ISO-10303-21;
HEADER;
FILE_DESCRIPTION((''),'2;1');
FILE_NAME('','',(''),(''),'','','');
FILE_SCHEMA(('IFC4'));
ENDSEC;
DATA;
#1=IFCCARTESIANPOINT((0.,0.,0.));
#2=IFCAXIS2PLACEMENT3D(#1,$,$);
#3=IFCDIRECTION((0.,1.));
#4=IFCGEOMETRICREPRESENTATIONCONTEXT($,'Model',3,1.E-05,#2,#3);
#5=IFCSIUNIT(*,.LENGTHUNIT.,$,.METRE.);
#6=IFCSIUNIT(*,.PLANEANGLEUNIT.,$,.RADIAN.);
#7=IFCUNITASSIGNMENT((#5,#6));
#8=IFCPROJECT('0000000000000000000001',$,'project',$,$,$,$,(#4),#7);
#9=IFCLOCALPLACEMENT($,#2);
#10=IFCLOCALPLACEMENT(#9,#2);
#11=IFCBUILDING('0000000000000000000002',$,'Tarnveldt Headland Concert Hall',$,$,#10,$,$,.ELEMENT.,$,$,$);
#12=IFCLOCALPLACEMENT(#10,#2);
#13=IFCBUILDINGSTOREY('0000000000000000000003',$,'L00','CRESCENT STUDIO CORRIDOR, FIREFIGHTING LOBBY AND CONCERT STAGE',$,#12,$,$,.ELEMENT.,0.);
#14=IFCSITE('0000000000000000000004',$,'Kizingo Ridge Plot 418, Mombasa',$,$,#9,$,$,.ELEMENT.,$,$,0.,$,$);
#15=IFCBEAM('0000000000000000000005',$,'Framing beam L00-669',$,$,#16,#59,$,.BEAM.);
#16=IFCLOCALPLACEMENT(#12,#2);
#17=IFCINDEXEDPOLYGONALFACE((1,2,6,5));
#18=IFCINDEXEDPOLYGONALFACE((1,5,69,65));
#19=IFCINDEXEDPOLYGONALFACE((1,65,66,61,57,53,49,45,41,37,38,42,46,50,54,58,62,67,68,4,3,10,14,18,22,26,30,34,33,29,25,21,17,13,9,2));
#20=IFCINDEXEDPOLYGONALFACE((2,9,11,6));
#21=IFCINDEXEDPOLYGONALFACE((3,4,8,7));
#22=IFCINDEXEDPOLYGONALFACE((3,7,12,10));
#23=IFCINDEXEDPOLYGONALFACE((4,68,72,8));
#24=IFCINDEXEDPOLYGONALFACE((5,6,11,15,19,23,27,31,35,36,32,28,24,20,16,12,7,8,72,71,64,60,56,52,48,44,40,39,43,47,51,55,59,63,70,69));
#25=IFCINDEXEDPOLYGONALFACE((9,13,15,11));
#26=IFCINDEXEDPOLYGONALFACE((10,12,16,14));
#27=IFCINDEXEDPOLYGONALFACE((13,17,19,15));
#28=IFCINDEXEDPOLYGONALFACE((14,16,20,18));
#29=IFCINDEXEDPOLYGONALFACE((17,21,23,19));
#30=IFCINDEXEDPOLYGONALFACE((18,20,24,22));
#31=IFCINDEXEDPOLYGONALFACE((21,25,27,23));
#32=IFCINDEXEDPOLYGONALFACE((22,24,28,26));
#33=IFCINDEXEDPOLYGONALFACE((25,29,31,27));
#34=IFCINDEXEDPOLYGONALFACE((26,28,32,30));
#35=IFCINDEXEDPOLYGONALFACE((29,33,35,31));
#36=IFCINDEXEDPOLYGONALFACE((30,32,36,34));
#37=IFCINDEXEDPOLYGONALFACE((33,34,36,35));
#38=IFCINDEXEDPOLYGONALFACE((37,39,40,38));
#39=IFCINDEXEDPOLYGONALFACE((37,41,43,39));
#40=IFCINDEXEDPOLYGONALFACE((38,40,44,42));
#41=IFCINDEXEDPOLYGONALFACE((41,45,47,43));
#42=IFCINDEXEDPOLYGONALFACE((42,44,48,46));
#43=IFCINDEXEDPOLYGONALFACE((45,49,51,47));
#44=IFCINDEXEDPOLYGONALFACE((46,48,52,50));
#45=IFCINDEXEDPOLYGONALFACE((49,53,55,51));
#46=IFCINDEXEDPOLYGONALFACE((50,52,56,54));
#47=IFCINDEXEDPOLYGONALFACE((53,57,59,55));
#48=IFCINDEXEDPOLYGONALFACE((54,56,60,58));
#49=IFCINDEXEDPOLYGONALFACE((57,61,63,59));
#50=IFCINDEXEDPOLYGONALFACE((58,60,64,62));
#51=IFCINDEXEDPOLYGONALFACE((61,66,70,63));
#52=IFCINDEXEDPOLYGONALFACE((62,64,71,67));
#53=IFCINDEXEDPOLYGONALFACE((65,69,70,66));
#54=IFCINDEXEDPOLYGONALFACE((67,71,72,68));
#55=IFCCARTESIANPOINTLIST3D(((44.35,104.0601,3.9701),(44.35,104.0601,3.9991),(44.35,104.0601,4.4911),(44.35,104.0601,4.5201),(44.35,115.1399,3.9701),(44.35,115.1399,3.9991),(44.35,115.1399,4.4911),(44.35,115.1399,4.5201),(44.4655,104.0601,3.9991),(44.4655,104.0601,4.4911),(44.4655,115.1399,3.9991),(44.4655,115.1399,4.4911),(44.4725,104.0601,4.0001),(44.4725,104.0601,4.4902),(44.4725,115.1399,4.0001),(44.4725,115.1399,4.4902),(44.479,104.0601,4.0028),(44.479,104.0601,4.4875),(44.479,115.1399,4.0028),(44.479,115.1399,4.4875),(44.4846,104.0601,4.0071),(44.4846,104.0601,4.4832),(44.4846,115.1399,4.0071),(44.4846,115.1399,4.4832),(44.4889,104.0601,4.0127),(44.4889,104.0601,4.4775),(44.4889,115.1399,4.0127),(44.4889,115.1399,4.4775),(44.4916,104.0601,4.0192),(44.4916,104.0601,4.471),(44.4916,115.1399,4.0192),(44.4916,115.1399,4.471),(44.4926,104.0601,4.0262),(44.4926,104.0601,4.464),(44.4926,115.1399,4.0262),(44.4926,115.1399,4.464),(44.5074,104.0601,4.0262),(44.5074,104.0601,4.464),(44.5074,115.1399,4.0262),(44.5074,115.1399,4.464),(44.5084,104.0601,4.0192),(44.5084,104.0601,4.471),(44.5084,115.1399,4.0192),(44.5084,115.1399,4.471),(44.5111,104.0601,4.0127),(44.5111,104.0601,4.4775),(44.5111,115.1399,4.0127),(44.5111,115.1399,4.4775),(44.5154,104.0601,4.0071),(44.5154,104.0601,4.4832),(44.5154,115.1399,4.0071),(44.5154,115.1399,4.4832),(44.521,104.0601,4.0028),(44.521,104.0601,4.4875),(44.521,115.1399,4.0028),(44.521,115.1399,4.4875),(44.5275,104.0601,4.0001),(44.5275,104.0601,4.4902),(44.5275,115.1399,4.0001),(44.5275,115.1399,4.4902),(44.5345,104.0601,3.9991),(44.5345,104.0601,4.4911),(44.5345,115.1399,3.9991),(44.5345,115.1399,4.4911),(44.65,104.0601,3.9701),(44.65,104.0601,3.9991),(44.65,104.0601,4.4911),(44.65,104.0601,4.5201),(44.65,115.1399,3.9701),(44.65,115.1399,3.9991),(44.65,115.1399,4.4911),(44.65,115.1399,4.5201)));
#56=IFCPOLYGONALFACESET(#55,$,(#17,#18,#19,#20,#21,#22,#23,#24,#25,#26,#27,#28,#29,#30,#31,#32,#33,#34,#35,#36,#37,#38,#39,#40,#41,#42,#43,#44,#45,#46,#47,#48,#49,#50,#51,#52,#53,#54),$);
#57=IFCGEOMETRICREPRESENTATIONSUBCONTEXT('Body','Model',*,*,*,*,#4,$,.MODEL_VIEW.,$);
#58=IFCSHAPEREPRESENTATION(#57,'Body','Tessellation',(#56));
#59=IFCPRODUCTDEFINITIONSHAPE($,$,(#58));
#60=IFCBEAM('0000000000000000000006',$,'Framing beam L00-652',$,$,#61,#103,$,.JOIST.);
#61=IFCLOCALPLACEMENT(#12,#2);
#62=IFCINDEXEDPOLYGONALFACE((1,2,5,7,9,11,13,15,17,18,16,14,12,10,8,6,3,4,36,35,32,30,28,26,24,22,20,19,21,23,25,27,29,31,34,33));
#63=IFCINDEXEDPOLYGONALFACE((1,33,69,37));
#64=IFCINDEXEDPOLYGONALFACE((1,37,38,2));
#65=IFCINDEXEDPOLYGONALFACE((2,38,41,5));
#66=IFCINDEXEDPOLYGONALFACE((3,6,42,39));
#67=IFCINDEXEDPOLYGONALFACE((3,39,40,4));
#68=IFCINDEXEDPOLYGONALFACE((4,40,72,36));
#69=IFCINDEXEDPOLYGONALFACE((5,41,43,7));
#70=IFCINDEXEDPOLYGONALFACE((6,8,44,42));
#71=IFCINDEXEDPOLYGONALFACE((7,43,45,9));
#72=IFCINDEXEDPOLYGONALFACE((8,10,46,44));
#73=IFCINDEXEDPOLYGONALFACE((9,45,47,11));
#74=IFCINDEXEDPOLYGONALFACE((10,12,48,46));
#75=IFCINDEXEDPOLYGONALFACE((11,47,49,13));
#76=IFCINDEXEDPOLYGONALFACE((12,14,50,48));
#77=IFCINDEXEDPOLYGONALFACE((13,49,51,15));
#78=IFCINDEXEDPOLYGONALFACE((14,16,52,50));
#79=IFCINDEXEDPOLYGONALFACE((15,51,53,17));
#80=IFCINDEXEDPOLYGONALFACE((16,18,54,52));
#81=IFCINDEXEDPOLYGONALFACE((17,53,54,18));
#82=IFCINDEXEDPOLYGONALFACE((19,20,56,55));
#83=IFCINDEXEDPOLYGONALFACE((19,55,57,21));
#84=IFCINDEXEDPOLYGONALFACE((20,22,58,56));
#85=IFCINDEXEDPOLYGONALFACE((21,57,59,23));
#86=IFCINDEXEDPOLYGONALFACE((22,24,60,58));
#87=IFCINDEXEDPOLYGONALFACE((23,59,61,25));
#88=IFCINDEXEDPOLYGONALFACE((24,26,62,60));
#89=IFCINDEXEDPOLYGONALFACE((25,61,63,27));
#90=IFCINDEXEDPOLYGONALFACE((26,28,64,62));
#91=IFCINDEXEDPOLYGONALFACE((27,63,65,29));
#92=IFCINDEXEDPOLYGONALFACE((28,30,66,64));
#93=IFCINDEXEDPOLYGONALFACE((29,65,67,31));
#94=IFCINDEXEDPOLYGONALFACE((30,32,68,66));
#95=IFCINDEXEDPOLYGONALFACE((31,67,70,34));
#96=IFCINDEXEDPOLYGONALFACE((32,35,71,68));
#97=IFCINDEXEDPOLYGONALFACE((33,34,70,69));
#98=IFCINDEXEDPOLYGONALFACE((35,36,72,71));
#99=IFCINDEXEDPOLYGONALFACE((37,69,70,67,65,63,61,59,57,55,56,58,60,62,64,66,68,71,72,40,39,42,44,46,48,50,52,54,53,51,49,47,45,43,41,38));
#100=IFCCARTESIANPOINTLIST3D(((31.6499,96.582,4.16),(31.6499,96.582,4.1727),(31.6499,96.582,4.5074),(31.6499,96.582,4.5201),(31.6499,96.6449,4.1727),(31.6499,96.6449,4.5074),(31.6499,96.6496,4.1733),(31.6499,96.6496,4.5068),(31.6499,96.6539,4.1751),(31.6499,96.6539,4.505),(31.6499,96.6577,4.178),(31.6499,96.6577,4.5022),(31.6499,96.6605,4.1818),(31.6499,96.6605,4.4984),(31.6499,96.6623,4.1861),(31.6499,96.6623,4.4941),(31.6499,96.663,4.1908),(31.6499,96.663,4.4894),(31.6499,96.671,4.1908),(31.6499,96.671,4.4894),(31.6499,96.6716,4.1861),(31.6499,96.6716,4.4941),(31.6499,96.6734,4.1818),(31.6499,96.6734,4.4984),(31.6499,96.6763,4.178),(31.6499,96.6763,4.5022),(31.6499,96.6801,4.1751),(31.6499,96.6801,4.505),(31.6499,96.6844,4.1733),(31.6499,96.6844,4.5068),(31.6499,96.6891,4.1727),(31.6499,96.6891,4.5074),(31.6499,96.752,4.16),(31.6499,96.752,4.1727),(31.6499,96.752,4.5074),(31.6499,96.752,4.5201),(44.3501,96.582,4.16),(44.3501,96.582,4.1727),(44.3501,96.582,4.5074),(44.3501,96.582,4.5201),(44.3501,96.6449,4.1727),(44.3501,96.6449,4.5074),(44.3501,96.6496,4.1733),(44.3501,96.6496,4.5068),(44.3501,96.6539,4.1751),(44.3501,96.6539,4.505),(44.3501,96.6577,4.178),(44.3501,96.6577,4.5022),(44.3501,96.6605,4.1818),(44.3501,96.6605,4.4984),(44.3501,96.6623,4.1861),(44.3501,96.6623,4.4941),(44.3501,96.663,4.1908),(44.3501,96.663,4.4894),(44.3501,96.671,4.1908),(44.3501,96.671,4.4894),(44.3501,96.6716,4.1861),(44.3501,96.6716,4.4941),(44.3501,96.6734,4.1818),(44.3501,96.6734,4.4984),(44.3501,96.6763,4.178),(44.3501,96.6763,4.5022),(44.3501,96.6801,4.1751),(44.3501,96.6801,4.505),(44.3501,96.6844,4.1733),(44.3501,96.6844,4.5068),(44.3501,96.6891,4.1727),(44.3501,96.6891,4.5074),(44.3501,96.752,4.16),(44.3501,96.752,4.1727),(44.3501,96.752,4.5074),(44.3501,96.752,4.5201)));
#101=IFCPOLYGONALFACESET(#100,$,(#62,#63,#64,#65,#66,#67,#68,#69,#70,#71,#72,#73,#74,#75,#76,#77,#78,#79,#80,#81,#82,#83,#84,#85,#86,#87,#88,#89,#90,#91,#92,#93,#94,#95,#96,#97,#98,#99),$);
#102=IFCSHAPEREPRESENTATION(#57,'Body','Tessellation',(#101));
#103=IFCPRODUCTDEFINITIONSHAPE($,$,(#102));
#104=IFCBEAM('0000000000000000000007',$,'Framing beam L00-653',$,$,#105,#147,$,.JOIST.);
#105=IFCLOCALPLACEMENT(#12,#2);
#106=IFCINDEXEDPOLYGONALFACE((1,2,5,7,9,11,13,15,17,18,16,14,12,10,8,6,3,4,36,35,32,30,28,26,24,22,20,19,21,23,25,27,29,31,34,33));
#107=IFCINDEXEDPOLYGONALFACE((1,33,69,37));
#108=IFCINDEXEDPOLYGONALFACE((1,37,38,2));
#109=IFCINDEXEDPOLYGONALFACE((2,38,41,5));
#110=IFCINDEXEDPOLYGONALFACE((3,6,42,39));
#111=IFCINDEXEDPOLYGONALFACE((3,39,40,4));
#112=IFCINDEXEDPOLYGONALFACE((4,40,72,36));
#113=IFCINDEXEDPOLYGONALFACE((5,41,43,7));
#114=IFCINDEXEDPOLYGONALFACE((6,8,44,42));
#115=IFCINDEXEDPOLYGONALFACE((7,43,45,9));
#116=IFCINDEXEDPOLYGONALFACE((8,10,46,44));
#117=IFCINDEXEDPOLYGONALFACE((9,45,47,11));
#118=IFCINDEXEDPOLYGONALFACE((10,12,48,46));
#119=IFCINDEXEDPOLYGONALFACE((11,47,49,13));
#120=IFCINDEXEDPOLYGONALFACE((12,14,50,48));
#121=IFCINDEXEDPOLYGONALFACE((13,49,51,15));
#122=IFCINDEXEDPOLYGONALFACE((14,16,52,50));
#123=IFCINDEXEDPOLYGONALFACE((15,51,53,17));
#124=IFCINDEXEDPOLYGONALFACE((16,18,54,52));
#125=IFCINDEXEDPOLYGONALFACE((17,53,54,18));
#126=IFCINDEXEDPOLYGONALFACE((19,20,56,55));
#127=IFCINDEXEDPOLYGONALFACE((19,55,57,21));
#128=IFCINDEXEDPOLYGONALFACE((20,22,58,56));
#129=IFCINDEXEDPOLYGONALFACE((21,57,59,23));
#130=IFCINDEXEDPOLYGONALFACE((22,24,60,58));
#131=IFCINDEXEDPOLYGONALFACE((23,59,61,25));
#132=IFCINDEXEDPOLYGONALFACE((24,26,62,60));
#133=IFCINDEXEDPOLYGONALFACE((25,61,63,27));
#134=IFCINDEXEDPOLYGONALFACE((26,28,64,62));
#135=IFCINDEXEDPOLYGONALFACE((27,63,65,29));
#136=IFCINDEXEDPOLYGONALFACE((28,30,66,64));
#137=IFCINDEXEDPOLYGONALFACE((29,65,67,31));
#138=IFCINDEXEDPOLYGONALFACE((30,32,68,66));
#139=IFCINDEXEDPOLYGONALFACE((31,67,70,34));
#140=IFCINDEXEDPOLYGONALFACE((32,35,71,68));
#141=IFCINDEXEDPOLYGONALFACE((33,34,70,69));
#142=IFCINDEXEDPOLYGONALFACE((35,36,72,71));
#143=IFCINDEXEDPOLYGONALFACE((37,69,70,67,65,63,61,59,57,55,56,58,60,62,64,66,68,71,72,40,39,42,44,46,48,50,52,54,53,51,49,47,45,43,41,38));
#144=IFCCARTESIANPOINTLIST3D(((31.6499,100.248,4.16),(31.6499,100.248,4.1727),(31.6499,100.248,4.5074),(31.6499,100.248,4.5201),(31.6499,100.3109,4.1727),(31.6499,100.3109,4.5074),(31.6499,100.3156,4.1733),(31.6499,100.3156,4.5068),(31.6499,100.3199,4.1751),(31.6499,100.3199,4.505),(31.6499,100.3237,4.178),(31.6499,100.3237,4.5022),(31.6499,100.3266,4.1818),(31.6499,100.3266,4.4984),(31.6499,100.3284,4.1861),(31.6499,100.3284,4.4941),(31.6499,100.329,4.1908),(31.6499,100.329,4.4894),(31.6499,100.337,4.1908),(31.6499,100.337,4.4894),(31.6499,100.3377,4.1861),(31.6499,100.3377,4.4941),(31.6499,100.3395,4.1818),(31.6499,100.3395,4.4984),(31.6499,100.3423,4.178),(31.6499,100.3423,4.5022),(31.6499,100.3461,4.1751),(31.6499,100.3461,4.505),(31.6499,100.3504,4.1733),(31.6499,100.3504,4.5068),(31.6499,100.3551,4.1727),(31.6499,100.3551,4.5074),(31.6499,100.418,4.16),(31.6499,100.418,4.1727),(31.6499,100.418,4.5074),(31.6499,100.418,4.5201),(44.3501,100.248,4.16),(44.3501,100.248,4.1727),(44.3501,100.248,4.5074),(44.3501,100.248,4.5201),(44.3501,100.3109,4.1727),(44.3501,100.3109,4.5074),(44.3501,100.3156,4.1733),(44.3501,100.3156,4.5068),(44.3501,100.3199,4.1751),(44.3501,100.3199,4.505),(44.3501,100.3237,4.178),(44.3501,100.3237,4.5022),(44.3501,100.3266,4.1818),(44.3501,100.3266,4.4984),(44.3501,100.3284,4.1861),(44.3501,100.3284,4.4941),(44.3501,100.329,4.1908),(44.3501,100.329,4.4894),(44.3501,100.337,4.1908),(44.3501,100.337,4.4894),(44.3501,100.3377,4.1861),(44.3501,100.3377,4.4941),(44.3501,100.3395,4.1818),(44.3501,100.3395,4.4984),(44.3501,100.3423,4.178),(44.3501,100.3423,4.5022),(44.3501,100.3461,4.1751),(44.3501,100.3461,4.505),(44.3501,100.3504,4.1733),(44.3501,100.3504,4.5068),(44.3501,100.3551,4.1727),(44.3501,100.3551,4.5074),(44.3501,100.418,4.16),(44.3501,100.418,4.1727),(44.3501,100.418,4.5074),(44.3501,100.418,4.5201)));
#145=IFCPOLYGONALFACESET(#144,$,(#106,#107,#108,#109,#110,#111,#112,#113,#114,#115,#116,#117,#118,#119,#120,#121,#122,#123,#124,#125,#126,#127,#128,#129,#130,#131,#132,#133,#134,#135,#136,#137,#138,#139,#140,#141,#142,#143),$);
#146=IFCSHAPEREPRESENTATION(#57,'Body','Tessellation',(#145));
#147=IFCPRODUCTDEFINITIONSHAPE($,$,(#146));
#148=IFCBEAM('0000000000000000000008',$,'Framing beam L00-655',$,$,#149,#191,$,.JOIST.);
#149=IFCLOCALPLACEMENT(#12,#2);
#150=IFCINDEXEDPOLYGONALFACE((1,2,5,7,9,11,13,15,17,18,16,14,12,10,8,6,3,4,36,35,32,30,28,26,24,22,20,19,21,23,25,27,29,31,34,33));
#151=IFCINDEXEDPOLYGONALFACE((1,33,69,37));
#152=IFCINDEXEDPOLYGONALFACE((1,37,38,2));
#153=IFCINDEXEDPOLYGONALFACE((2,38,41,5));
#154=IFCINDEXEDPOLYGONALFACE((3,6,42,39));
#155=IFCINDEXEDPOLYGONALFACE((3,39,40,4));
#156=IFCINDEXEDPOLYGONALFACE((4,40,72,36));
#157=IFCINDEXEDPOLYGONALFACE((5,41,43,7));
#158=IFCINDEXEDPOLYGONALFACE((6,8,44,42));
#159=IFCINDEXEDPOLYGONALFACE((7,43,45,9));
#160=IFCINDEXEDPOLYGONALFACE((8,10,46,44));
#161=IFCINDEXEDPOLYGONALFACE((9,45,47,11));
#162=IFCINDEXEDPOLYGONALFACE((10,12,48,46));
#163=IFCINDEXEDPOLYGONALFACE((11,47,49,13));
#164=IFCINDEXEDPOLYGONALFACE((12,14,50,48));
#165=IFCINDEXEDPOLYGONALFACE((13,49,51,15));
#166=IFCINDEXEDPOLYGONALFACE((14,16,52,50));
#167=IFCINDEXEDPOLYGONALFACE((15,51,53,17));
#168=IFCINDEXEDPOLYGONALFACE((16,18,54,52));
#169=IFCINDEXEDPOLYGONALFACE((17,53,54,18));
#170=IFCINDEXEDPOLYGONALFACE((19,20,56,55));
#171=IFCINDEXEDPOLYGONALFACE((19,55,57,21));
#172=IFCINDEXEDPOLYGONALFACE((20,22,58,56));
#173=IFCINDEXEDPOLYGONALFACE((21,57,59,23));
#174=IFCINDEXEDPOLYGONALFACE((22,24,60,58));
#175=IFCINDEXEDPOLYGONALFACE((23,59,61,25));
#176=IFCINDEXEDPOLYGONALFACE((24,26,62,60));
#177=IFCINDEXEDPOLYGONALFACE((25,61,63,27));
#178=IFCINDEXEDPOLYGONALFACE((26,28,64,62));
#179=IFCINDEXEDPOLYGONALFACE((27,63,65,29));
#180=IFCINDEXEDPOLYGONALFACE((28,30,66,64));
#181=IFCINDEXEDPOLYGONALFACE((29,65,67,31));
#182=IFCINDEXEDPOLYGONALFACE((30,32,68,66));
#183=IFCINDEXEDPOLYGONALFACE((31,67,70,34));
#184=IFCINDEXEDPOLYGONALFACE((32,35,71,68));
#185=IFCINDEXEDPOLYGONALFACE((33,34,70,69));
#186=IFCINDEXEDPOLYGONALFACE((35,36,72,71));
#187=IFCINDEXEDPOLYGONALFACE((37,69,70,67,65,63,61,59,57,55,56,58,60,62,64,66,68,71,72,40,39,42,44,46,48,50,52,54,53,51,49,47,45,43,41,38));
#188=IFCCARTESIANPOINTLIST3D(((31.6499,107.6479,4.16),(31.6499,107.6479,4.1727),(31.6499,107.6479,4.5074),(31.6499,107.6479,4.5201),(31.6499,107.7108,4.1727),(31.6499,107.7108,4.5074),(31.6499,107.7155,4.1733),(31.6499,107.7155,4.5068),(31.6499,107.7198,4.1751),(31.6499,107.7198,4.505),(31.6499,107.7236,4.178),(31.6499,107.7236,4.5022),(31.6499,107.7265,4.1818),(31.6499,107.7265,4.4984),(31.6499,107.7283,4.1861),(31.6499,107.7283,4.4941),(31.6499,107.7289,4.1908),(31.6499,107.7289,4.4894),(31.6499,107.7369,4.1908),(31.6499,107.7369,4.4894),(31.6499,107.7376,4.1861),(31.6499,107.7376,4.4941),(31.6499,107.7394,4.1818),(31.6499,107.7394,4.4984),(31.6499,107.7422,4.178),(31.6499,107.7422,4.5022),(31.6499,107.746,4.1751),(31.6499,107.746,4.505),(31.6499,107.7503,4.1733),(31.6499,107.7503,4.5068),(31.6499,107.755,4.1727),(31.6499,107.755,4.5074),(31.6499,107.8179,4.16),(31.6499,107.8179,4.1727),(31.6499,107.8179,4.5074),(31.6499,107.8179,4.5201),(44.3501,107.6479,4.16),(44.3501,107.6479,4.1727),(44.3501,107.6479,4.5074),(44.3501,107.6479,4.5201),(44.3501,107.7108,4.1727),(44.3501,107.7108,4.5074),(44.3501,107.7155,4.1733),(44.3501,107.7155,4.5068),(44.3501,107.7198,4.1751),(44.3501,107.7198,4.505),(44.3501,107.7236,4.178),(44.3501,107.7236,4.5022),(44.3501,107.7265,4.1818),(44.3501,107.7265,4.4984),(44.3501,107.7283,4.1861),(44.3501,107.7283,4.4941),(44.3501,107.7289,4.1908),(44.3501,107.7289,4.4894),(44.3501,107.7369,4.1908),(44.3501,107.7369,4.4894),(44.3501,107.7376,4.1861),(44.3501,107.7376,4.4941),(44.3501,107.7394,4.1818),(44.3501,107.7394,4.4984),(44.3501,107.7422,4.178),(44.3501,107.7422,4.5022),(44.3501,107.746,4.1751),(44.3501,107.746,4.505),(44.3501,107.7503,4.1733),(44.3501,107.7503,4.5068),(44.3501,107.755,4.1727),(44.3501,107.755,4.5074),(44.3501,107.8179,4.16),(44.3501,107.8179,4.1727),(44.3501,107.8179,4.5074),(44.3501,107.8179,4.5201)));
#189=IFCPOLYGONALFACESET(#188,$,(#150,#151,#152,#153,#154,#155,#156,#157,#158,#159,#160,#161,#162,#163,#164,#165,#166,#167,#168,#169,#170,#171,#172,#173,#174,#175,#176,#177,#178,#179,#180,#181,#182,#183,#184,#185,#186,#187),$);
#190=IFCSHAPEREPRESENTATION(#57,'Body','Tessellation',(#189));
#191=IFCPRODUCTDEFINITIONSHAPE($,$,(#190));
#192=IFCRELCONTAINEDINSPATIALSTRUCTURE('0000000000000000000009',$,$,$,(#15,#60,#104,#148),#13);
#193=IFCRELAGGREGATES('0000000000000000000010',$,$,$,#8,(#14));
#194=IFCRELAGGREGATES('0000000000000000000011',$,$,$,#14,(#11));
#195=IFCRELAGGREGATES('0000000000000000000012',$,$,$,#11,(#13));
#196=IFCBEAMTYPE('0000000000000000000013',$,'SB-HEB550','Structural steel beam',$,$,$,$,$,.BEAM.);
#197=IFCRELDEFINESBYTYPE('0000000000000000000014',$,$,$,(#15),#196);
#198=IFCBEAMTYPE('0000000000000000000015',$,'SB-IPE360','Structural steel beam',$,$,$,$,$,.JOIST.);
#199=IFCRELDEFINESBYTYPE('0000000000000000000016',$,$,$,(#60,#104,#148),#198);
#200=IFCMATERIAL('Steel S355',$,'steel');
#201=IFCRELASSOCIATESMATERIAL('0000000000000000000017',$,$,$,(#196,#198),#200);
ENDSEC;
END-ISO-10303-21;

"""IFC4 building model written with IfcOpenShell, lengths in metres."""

from ifc_helpers import new_model, si_unit, direction, frame, origin, origin_2d, place, context, subcontext, project, spatial, i_section, extrude, material, material_profile, profile_set, type_object, element, save


model = new_model("IFC4")

# Units and contexts
model_context = context("Model", 3, precision=1e-05, world=origin(), true_north=direction((0.0, 1.0)))
body_context = subcontext(model_context, "Body", "Model", "MODEL_VIEW")
ifc_project = project(units=[si_unit("LENGTHUNIT", "METRE"), si_unit("PLANEANGLEUNIT", "RADIAN")], contexts=[model_context])

# Site, building, storey
site_placement = place(None, origin())
site = spatial("IfcSite", under=ifc_project, at=site_placement, Name="Kizingo Ridge Plot 418, Mombasa", CompositionType="ELEMENT", RefElevation=0.0)
building_placement = place(site_placement, origin())
building = spatial("IfcBuilding", under=site, at=building_placement, Name="Tarnveldt Headland Concert Hall", CompositionType="ELEMENT")
storey_placement = place(building_placement, origin())
storey = spatial("IfcBuildingStorey", under=building, at=storey_placement, Name="L00", Description="CRESCENT STUDIO CORRIDOR, FIREFIGHTING LOBBY AND CONCERT STAGE", CompositionType="ELEMENT", Elevation=0.0)

# Beams
ifc_material_1 = material(Name="Steel S355", Category="steel")
ifc_material_profile_1 = material_profile(ifc_material_1, i_section(OverallWidth=0.3, OverallDepth=0.55, WebThickness=0.0149, FlangeThickness=0.0291, FilletRadius=0.0271, at=origin_2d()), Name="HEB550", Category="steel")
ifc_profile_set_1 = profile_set([ifc_material_profile_1], Name="Steel S355")
beam_type_1 = type_object("IfcBeamType", Name="SB-HEB550", Description="Structural steel beam", PredefinedType="BEAM", material=ifc_profile_set_1)
beam_1_placement = place(storey_placement, frame((44.5, 104.0601, 4.2451), z_axis=(0.0, 1.0, 0.0), x_axis=(-1.0, 0.0, 0.0)))
element("IfcBeam", 1, at=beam_1_placement, inside=storey, type_object=beam_type_1, Name="Framing beam L00-669", PredefinedType="BEAM", context=body_context, shape_type="SweptSolid", body=[
    extrude(i_section(OverallWidth=0.3, OverallDepth=0.55, WebThickness=0.0149, FlangeThickness=0.0291, FilletRadius=0.0271, at=origin_2d()), origin(), (0.0, 0.0, 1.0), 11.0798),
])
ifc_material_profile_2 = material_profile(ifc_material_1, i_section(OverallWidth=0.1699, OverallDepth=0.3601, WebThickness=0.0081, FlangeThickness=0.0127, FilletRadius=0.0181, at=origin_2d()), Name="IPE360", Category="steel")
ifc_profile_set_2 = profile_set([ifc_material_profile_2], Name="Steel S355")
beam_type_2 = type_object("IfcBeamType", Name="SB-IPE360", Description="Structural steel beam", PredefinedType="JOIST", material=ifc_profile_set_2)
for number, where, z_axis, x_axis, name in (
    (2, (31.6499, 96.667, 4.3401), (1.0, 0.0, 0.0), (0.0, 1.0, 0.0), "Framing beam L00-652"),
    (3, (31.6499, 100.333, 4.3401), (1.0, 0.0, 0.0), (0.0, 1.0, 0.0), "Framing beam L00-653"),
    (4, (31.6499, 107.7329, 4.3401), (1.0, 0.0, 0.0), (0.0, 1.0, 0.0), "Framing beam L00-655"),
):
    element("IfcBeam", number, at=place(storey_placement, frame(where, z_axis=z_axis, x_axis=x_axis)), inside=storey, type_object=beam_type_2, Name=name, PredefinedType="JOIST", context=body_context, shape_type="SweptSolid", body=[
        extrude(i_section(OverallWidth=0.1699, OverallDepth=0.3601, WebThickness=0.0081, FlangeThickness=0.0127, FilletRadius=0.0181, at=origin_2d()), origin(), (0.0, 0.0, 1.0), 12.7002),
    ])

save(model, "model.ifc")
